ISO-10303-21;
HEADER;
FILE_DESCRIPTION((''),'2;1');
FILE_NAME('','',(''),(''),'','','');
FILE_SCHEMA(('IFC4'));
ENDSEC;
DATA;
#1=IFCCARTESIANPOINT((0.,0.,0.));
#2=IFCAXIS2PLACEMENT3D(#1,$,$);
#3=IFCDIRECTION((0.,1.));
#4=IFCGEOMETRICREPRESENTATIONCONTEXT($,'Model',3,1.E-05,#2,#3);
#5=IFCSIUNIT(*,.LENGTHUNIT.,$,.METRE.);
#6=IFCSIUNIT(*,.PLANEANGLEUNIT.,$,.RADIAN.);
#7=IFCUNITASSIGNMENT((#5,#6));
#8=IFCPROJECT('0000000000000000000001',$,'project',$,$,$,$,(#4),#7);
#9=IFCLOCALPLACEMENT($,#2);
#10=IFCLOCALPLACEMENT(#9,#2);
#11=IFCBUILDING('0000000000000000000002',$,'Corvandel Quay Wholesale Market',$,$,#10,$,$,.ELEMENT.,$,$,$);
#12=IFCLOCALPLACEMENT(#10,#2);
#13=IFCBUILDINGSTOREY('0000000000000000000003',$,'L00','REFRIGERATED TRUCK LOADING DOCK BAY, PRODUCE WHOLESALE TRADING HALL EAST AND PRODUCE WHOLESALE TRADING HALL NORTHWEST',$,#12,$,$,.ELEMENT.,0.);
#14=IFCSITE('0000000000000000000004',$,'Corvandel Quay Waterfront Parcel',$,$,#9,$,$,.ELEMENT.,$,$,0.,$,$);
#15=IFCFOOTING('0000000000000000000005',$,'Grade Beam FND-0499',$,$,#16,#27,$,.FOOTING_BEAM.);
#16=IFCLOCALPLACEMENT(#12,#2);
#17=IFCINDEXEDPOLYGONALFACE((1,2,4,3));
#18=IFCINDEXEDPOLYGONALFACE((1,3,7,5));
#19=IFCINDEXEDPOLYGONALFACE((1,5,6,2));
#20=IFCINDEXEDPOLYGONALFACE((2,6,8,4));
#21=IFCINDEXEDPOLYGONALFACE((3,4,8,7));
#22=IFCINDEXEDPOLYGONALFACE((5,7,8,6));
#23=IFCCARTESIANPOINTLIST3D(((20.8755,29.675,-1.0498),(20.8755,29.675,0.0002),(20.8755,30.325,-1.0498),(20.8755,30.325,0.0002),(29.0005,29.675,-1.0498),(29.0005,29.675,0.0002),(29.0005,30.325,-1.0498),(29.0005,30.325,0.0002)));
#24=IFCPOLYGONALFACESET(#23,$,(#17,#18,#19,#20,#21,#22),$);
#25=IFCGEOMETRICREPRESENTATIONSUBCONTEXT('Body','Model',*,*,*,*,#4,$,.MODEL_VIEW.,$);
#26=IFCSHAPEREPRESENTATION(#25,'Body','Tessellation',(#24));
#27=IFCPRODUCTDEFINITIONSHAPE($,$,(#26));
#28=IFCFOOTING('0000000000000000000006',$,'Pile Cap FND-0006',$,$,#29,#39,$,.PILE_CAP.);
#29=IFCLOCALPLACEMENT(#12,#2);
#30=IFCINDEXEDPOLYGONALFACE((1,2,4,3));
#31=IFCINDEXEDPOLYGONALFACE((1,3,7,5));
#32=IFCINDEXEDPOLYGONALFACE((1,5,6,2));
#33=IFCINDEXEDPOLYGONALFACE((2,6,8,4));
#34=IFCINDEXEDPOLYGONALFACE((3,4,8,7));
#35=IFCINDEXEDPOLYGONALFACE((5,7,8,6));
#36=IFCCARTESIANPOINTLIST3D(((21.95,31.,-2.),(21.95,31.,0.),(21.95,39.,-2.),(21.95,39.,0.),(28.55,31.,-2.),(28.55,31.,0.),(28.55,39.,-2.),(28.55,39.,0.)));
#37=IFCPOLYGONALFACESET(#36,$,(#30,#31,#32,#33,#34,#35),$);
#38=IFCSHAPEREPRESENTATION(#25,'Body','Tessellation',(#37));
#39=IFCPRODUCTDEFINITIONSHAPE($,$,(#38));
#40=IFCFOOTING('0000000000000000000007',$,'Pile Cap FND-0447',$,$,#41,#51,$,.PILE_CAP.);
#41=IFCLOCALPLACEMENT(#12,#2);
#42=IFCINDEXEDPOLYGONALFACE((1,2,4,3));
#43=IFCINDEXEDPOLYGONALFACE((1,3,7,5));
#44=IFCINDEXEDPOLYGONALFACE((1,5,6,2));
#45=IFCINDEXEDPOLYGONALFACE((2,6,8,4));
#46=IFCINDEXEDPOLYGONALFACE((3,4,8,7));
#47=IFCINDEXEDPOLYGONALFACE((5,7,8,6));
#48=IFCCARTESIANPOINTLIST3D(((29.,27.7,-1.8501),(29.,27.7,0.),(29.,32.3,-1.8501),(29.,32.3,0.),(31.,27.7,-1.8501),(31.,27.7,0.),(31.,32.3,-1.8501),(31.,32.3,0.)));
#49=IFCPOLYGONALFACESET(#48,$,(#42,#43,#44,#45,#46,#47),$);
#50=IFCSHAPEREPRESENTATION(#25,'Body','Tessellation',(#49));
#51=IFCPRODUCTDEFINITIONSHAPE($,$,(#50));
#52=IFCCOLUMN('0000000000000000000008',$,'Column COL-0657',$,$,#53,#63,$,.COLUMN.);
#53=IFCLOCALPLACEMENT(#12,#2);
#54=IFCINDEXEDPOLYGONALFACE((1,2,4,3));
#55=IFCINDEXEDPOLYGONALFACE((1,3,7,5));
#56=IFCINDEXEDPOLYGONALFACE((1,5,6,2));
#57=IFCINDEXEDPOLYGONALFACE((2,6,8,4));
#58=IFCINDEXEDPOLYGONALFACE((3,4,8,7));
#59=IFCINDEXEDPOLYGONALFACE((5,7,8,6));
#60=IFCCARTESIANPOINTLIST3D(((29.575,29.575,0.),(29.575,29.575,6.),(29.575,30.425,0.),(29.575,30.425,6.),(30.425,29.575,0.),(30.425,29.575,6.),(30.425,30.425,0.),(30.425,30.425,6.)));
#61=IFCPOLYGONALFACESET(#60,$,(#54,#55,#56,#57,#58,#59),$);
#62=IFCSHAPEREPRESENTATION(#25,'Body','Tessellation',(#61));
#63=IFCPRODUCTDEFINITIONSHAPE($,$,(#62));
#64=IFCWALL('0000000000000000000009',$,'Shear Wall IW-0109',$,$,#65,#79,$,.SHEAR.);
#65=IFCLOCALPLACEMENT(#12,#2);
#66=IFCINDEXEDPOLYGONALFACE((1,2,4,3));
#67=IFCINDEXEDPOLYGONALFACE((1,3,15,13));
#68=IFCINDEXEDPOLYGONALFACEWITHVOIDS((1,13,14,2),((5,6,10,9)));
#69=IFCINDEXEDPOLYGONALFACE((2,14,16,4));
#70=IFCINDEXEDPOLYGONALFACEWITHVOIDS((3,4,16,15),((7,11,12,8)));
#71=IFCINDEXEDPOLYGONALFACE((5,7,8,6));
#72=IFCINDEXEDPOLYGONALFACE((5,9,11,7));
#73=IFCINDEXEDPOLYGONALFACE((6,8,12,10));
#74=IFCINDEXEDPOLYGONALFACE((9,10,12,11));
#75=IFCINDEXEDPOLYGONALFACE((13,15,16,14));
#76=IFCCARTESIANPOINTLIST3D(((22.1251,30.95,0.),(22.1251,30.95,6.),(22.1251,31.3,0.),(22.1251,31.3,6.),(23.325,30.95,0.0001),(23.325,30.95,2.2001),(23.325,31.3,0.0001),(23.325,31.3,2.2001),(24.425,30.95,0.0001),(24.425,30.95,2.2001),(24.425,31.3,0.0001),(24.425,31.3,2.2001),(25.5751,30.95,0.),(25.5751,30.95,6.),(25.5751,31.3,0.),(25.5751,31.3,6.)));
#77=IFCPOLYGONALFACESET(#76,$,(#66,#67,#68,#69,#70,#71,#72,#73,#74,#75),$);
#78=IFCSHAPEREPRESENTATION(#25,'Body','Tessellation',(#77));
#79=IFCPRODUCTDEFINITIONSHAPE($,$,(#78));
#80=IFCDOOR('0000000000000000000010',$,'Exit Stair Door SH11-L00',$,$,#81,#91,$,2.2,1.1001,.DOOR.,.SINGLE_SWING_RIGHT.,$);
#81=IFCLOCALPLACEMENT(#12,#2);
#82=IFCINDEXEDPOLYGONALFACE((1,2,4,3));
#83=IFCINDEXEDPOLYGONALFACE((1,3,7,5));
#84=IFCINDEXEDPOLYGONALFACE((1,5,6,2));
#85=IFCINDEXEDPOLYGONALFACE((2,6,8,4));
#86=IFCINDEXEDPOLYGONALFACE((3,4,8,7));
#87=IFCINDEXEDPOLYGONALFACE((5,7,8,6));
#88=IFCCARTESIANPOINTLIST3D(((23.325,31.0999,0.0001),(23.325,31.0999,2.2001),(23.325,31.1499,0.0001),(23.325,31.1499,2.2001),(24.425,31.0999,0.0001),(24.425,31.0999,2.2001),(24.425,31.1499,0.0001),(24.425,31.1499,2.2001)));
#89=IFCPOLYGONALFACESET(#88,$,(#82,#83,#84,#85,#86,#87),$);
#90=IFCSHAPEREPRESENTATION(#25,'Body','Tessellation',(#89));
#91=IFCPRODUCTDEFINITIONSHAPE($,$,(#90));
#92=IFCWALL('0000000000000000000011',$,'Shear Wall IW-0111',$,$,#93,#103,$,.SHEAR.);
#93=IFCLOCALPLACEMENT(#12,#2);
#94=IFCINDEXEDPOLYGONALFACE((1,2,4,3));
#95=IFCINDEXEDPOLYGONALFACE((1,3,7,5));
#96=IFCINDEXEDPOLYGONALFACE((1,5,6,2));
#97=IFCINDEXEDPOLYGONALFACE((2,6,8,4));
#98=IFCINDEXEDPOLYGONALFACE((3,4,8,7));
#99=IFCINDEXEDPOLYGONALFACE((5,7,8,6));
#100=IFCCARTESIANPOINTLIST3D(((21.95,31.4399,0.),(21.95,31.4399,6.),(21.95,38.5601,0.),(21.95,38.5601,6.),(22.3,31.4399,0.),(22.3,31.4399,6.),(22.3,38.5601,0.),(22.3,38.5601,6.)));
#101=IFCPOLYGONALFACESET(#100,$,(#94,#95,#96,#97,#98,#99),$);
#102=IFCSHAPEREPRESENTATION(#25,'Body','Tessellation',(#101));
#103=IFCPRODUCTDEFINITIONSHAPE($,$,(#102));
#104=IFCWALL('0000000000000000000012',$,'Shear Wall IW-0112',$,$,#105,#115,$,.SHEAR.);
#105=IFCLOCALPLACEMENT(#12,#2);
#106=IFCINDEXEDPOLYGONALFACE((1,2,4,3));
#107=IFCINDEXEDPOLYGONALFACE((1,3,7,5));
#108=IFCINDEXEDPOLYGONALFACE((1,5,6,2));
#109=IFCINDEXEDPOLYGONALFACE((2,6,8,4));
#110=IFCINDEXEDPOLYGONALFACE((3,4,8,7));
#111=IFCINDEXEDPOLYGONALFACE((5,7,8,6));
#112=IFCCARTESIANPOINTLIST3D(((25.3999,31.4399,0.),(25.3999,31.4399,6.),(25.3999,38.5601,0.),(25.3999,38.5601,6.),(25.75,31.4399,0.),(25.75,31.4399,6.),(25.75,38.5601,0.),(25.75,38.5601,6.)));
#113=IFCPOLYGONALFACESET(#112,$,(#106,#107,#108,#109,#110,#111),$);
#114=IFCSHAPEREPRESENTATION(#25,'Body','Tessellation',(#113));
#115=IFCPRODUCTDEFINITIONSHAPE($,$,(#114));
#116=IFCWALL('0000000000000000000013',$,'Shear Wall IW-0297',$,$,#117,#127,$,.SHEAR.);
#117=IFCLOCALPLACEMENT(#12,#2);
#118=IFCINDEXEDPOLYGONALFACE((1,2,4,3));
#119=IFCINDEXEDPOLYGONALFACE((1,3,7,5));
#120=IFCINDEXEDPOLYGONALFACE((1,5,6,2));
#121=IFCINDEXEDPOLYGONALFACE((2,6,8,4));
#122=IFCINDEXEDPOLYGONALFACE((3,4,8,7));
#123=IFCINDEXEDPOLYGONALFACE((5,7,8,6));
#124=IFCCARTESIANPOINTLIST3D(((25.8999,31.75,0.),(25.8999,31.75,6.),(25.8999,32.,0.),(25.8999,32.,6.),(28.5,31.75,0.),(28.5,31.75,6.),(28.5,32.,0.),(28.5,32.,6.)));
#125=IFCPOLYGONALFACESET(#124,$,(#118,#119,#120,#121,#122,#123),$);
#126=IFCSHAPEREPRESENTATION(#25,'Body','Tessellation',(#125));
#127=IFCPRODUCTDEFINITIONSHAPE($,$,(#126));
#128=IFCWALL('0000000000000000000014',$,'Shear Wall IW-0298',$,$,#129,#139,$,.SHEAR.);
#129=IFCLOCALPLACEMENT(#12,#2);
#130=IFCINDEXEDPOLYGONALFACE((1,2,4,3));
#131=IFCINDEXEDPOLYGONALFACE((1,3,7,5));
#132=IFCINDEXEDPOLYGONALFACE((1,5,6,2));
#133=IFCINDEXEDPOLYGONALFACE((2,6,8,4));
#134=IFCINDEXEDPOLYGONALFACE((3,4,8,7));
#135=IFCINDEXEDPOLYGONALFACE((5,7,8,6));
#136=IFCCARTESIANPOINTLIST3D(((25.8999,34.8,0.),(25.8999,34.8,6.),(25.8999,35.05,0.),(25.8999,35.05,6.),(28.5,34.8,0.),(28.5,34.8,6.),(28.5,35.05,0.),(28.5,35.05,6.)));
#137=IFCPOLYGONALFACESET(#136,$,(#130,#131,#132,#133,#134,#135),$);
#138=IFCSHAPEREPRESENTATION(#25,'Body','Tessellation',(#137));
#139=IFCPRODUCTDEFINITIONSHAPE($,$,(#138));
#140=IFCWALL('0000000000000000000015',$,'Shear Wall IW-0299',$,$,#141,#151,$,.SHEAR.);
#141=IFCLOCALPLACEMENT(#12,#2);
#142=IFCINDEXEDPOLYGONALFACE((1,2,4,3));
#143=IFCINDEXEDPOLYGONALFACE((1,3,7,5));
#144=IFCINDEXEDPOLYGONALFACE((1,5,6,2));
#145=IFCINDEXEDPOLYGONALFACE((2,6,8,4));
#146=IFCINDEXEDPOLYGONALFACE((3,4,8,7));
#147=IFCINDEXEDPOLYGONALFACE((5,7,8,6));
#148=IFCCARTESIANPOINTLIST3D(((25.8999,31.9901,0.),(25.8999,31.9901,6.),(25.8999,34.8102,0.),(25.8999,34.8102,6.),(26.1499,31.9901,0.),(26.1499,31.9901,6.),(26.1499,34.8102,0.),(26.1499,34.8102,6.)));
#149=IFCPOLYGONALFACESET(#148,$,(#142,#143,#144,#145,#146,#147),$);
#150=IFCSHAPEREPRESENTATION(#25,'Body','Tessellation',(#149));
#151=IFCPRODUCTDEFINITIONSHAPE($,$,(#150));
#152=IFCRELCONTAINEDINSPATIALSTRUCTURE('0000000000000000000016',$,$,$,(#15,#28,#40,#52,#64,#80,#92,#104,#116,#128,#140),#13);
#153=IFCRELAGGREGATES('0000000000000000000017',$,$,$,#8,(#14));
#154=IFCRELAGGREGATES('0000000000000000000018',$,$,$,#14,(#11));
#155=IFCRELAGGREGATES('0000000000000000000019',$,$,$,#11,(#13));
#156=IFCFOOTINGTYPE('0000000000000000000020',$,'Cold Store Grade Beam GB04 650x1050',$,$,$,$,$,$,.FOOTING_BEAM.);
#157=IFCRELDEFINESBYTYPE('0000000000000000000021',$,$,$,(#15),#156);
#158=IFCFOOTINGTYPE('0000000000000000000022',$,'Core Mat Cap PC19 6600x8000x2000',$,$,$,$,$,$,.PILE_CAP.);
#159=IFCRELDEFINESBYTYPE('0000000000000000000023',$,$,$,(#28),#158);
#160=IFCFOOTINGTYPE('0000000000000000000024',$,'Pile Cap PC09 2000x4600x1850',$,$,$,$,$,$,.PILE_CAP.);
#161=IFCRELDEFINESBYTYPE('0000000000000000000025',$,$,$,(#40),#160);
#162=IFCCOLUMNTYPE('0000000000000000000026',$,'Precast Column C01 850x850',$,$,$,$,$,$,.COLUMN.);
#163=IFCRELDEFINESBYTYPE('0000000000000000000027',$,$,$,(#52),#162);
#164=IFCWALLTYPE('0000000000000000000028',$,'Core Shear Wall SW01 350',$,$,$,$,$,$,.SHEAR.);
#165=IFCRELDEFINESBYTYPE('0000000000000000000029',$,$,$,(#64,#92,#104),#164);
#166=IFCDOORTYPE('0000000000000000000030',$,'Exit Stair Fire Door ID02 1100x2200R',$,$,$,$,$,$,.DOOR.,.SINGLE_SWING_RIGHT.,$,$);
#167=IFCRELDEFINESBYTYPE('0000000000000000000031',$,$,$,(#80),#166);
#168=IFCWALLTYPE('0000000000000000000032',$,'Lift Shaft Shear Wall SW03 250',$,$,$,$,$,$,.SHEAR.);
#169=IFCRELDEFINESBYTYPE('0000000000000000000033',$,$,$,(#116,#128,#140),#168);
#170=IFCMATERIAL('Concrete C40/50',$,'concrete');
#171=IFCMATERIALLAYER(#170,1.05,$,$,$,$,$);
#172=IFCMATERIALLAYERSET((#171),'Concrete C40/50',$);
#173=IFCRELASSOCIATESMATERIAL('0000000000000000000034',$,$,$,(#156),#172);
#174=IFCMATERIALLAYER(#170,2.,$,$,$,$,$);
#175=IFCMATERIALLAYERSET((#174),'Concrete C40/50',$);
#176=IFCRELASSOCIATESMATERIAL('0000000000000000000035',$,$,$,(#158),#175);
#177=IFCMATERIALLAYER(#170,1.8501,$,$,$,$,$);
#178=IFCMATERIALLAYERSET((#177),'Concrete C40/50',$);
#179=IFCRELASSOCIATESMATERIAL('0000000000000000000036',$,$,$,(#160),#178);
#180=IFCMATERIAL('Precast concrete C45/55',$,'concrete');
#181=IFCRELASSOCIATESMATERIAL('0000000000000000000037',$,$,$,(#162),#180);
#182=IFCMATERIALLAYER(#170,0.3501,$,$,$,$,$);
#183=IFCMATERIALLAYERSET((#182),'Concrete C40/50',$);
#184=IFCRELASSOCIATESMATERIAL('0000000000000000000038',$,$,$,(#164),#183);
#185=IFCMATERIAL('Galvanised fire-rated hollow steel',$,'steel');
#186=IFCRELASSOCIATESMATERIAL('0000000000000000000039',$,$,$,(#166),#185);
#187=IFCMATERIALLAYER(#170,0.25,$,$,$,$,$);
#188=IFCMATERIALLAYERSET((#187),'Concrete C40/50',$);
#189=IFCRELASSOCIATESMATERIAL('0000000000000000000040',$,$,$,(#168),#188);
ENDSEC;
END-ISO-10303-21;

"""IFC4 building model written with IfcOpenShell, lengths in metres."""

from ifc_helpers import new_model, si_unit, direction, frame, frame_2d, origin, origin_2d, place, context, subcontext, project, spatial, rectangle, extrude, material, layer, layer_set, material_profile, profile_set, type_object, element, fill, save


model = new_model("IFC4")

# Units and contexts
model_context = context("Model", 3, precision=1e-05, world=origin(), true_north=direction((0.0, 1.0)))
body_context = subcontext(model_context, "Body", "Model", "MODEL_VIEW")
ifc_project = project(units=[si_unit("LENGTHUNIT", "METRE"), si_unit("PLANEANGLEUNIT", "RADIAN")], contexts=[model_context])

# Site, building, storey
site_placement = place(None, origin())
site = spatial("IfcSite", under=ifc_project, at=site_placement, Name="Corvandel Quay Waterfront Parcel", CompositionType="ELEMENT", RefElevation=0.0)
building_placement = place(site_placement, origin())
building = spatial("IfcBuilding", under=site, at=building_placement, Name="Corvandel Quay Wholesale Market", CompositionType="ELEMENT")
storey_placement = place(building_placement, origin())
storey = spatial("IfcBuildingStorey", under=building, at=storey_placement, Name="L00", Description="REFRIGERATED TRUCK LOADING DOCK BAY, PRODUCE WHOLESALE TRADING HALL EAST AND PRODUCE WHOLESALE TRADING HALL NORTHWEST", CompositionType="ELEMENT", Elevation=0.0)

# Shared definitions
ifc_material_1 = material(Name="Concrete C40/50", Category="concrete")

# Footings
ifc_layer_1 = layer(ifc_material_1, 1.05)
ifc_layer_set_1 = layer_set([ifc_layer_1], Name="Concrete C40/50")
footing_type_1 = type_object("IfcFootingType", Name="Cold Store Grade Beam GB04 650x1050", PredefinedType="FOOTING_BEAM", material=ifc_layer_set_1)
footing_1_placement = place(storey_placement, frame((24.938, 30.0, -1.0498), z_axis=(0.0, 0.0, 1.0), x_axis=(1.0, 0.0, 0.0)))
element("IfcFooting", 1, at=footing_1_placement, inside=storey, type_object=footing_type_1, Name="Grade Beam FND-0499", PredefinedType="FOOTING_BEAM", context=body_context, shape_type="SweptSolid", body=[
    extrude(rectangle(XDim=8.125, YDim=0.6499, at=origin_2d()), origin(), (0.0, 0.0, 1.0), 1.05),
])
ifc_layer_2 = layer(ifc_material_1, 2.0)
ifc_layer_set_2 = layer_set([ifc_layer_2], Name="Concrete C40/50")
footing_type_2 = type_object("IfcFootingType", Name="Core Mat Cap PC19 6600x8000x2000", PredefinedType="PILE_CAP", material=ifc_layer_set_2)
footing_2_placement = place(storey_placement, frame((25.25, 35.0, -2.0), z_axis=(0.0, 0.0, 1.0), x_axis=(1.0, 0.0, 0.0)))
element("IfcFooting", 2, at=footing_2_placement, inside=storey, type_object=footing_type_2, Name="Pile Cap FND-0006", PredefinedType="PILE_CAP", context=body_context, shape_type="SweptSolid", body=[
    extrude(rectangle(XDim=6.6001, YDim=8.0, at=origin_2d()), origin(), (0.0, 0.0, 1.0), 2.0),
])
ifc_layer_3 = layer(ifc_material_1, 1.8501)
ifc_layer_set_3 = layer_set([ifc_layer_3], Name="Concrete C40/50")
footing_type_3 = type_object("IfcFootingType", Name="Pile Cap PC09 2000x4600x1850", PredefinedType="PILE_CAP", material=ifc_layer_set_3)
footing_3_placement = place(storey_placement, frame((30.0, 30.0, -1.8501), z_axis=(0.0, 0.0, 1.0), x_axis=(1.0, 0.0, 0.0)))
element("IfcFooting", 3, at=footing_3_placement, inside=storey, type_object=footing_type_3, Name="Pile Cap FND-0447", PredefinedType="PILE_CAP", context=body_context, shape_type="SweptSolid", body=[
    extrude(rectangle(XDim=2.0, YDim=4.6001, at=origin_2d()), origin(), (0.0, 0.0, 1.0), 1.8501),
])

# Column
ifc_material_2 = material(Name="Precast concrete C45/55", Category="concrete")
ifc_material_profile_1 = material_profile(ifc_material_2, rectangle(XDim=0.8501, YDim=0.8501, at=origin_2d()), Name="PC-COL-850x850")
ifc_profile_set_1 = profile_set([ifc_material_profile_1], Name="Precast concrete C45/55")
column_type = type_object("IfcColumnType", Name="Precast Column C01 850x850", PredefinedType="COLUMN", material=ifc_profile_set_1)
column_placement = place(storey_placement, frame((30.0, 30.0, 0.0), z_axis=(0.0, 0.0, 1.0), x_axis=(1.0, 0.0, 0.0)))
element("IfcColumn", 4, at=column_placement, inside=storey, type_object=column_type, Name="Column COL-0657", PredefinedType="COLUMN", context=body_context, shape_type="SweptSolid", body=[
    extrude(rectangle(XDim=0.8501, YDim=0.8501, at=origin_2d()), origin(), (0.0, 0.0, 1.0), 6.0),
])

# Wall, opening, door
ifc_layer_4 = layer(ifc_material_1, 0.3501)
ifc_layer_set_4 = layer_set([ifc_layer_4], Name="Concrete C40/50")
wall_type_1 = type_object("IfcWallType", Name="Core Shear Wall SW01 350", PredefinedType="SHEAR", material=ifc_layer_set_4)
wall_1_placement = place(storey_placement, frame((22.125, 31.125, 0.0), z_axis=(0.0, 0.0, 1.0), x_axis=(1.0, 0.0, 0.0)))
wall_1 = element("IfcWall", 5, at=wall_1_placement, inside=storey, type_object=wall_type_1, Name="Shear Wall IW-0109", PredefinedType="SHEAR", context=body_context, shape_type="SweptSolid", body=[
    extrude(rectangle(XDim=3.45, YDim=0.3501, at=frame_2d((1.7251, 0.0))), origin(), (0.0, 0.0, 1.0), 6.0),
])
opening_1_placement = place(wall_1_placement, frame((1.2, 0.0, 0.0)))
opening_1 = element("IfcOpeningElement", 6, at=opening_1_placement, cuts=wall_1, PredefinedType="OPENING", context=body_context, shape_type="SweptSolid", body=[
    extrude(rectangle(XDim=1.1001, YDim=2.2, at=frame_2d((0.55, 1.1001))), frame((0.0, 0.1851, 0.0), z_axis=(0.0, -1.0, 0.0), x_axis=(1.0, 0.0, 0.0)), (0.0, 0.0, 1.0), 0.3701),
])
ifc_material_3 = material(Name="Galvanised fire-rated hollow steel", Category="steel")
door_type_1 = type_object("IfcDoorType", Name="Exit Stair Fire Door ID02 1100x2200R", OperationType="SINGLE_SWING_RIGHT", PredefinedType="DOOR", material=ifc_material_3)
door_1_placement = place(opening_1_placement, origin())
door_1 = element("IfcDoor", 7, at=door_1_placement, inside=storey, type_object=door_type_1, Name="Exit Stair Door SH11-L00", OperationType="SINGLE_SWING_RIGHT", OverallHeight=2.2, OverallWidth=1.1001, PredefinedType="DOOR", context=body_context, shape_type="SweptSolid", body=[
    extrude(rectangle(XDim=1.1001, YDim=2.2, at=frame_2d((0.55, 1.1001))), frame((0.0, 0.0249, 0.0), z_axis=(0.0, -1.0, 0.0), x_axis=(1.0, 0.0, 0.0)), (0.0, 0.0, 1.0), 0.05),
])
fill(opening_1, door_1)

# Walls
for number, where, z_axis, x_axis, name in (
    (8, (22.125, 31.4399, 0.0), (0.0, 0.0, 1.0), (0.0, 1.0, 0.0), "Shear Wall IW-0111"),
    (9, (25.575, 31.4399, 0.0), (0.0, 0.0, 1.0), (0.0, 1.0, 0.0), "Shear Wall IW-0112"),
):
    element("IfcWall", number, at=place(storey_placement, frame(where, z_axis=z_axis, x_axis=x_axis)), inside=storey, type_object=wall_type_1, Name=name, PredefinedType="SHEAR", context=body_context, shape_type="SweptSolid", body=[
        extrude(rectangle(XDim=7.1201, YDim=0.3501, at=frame_2d((3.5601, 0.0))), origin(), (0.0, 0.0, 1.0), 6.0),
    ])
ifc_layer_5 = layer(ifc_material_1, 0.25)
ifc_layer_set_5 = layer_set([ifc_layer_5], Name="Concrete C40/50")
wall_type_2 = type_object("IfcWallType", Name="Lift Shaft Shear Wall SW03 250", PredefinedType="SHEAR", material=ifc_layer_set_5)
for number, where, z_axis, x_axis, name in (
    (10, (25.8999, 31.875, 0.0), (0.0, 0.0, 1.0), (1.0, 0.0, 0.0), "Shear Wall IW-0297"),
    (11, (25.8999, 34.925, 0.0), (0.0, 0.0, 1.0), (1.0, 0.0, 0.0), "Shear Wall IW-0298"),
):
    element("IfcWall", number, at=place(storey_placement, frame(where, z_axis=z_axis, x_axis=x_axis)), inside=storey, type_object=wall_type_2, Name=name, PredefinedType="SHEAR", context=body_context, shape_type="SweptSolid", body=[
        extrude(rectangle(XDim=2.6001, YDim=0.25, at=frame_2d((1.3, 0.0))), origin(), (0.0, 0.0, 1.0), 6.0),
    ])
wall_2_placement = place(storey_placement, frame((26.0249, 31.99, 0.0), z_axis=(0.0, 0.0, 1.0), x_axis=(0.0, 1.0, 0.0)))
element("IfcWall", 12, at=wall_2_placement, inside=storey, type_object=wall_type_2, Name="Shear Wall IW-0299", PredefinedType="SHEAR", context=body_context, shape_type="SweptSolid", body=[
    extrude(rectangle(XDim=2.8201, YDim=0.25, at=frame_2d((1.4102, 0.0))), origin(), (0.0, 0.0, 1.0), 6.0),
])

save(model, "model.ifc")
